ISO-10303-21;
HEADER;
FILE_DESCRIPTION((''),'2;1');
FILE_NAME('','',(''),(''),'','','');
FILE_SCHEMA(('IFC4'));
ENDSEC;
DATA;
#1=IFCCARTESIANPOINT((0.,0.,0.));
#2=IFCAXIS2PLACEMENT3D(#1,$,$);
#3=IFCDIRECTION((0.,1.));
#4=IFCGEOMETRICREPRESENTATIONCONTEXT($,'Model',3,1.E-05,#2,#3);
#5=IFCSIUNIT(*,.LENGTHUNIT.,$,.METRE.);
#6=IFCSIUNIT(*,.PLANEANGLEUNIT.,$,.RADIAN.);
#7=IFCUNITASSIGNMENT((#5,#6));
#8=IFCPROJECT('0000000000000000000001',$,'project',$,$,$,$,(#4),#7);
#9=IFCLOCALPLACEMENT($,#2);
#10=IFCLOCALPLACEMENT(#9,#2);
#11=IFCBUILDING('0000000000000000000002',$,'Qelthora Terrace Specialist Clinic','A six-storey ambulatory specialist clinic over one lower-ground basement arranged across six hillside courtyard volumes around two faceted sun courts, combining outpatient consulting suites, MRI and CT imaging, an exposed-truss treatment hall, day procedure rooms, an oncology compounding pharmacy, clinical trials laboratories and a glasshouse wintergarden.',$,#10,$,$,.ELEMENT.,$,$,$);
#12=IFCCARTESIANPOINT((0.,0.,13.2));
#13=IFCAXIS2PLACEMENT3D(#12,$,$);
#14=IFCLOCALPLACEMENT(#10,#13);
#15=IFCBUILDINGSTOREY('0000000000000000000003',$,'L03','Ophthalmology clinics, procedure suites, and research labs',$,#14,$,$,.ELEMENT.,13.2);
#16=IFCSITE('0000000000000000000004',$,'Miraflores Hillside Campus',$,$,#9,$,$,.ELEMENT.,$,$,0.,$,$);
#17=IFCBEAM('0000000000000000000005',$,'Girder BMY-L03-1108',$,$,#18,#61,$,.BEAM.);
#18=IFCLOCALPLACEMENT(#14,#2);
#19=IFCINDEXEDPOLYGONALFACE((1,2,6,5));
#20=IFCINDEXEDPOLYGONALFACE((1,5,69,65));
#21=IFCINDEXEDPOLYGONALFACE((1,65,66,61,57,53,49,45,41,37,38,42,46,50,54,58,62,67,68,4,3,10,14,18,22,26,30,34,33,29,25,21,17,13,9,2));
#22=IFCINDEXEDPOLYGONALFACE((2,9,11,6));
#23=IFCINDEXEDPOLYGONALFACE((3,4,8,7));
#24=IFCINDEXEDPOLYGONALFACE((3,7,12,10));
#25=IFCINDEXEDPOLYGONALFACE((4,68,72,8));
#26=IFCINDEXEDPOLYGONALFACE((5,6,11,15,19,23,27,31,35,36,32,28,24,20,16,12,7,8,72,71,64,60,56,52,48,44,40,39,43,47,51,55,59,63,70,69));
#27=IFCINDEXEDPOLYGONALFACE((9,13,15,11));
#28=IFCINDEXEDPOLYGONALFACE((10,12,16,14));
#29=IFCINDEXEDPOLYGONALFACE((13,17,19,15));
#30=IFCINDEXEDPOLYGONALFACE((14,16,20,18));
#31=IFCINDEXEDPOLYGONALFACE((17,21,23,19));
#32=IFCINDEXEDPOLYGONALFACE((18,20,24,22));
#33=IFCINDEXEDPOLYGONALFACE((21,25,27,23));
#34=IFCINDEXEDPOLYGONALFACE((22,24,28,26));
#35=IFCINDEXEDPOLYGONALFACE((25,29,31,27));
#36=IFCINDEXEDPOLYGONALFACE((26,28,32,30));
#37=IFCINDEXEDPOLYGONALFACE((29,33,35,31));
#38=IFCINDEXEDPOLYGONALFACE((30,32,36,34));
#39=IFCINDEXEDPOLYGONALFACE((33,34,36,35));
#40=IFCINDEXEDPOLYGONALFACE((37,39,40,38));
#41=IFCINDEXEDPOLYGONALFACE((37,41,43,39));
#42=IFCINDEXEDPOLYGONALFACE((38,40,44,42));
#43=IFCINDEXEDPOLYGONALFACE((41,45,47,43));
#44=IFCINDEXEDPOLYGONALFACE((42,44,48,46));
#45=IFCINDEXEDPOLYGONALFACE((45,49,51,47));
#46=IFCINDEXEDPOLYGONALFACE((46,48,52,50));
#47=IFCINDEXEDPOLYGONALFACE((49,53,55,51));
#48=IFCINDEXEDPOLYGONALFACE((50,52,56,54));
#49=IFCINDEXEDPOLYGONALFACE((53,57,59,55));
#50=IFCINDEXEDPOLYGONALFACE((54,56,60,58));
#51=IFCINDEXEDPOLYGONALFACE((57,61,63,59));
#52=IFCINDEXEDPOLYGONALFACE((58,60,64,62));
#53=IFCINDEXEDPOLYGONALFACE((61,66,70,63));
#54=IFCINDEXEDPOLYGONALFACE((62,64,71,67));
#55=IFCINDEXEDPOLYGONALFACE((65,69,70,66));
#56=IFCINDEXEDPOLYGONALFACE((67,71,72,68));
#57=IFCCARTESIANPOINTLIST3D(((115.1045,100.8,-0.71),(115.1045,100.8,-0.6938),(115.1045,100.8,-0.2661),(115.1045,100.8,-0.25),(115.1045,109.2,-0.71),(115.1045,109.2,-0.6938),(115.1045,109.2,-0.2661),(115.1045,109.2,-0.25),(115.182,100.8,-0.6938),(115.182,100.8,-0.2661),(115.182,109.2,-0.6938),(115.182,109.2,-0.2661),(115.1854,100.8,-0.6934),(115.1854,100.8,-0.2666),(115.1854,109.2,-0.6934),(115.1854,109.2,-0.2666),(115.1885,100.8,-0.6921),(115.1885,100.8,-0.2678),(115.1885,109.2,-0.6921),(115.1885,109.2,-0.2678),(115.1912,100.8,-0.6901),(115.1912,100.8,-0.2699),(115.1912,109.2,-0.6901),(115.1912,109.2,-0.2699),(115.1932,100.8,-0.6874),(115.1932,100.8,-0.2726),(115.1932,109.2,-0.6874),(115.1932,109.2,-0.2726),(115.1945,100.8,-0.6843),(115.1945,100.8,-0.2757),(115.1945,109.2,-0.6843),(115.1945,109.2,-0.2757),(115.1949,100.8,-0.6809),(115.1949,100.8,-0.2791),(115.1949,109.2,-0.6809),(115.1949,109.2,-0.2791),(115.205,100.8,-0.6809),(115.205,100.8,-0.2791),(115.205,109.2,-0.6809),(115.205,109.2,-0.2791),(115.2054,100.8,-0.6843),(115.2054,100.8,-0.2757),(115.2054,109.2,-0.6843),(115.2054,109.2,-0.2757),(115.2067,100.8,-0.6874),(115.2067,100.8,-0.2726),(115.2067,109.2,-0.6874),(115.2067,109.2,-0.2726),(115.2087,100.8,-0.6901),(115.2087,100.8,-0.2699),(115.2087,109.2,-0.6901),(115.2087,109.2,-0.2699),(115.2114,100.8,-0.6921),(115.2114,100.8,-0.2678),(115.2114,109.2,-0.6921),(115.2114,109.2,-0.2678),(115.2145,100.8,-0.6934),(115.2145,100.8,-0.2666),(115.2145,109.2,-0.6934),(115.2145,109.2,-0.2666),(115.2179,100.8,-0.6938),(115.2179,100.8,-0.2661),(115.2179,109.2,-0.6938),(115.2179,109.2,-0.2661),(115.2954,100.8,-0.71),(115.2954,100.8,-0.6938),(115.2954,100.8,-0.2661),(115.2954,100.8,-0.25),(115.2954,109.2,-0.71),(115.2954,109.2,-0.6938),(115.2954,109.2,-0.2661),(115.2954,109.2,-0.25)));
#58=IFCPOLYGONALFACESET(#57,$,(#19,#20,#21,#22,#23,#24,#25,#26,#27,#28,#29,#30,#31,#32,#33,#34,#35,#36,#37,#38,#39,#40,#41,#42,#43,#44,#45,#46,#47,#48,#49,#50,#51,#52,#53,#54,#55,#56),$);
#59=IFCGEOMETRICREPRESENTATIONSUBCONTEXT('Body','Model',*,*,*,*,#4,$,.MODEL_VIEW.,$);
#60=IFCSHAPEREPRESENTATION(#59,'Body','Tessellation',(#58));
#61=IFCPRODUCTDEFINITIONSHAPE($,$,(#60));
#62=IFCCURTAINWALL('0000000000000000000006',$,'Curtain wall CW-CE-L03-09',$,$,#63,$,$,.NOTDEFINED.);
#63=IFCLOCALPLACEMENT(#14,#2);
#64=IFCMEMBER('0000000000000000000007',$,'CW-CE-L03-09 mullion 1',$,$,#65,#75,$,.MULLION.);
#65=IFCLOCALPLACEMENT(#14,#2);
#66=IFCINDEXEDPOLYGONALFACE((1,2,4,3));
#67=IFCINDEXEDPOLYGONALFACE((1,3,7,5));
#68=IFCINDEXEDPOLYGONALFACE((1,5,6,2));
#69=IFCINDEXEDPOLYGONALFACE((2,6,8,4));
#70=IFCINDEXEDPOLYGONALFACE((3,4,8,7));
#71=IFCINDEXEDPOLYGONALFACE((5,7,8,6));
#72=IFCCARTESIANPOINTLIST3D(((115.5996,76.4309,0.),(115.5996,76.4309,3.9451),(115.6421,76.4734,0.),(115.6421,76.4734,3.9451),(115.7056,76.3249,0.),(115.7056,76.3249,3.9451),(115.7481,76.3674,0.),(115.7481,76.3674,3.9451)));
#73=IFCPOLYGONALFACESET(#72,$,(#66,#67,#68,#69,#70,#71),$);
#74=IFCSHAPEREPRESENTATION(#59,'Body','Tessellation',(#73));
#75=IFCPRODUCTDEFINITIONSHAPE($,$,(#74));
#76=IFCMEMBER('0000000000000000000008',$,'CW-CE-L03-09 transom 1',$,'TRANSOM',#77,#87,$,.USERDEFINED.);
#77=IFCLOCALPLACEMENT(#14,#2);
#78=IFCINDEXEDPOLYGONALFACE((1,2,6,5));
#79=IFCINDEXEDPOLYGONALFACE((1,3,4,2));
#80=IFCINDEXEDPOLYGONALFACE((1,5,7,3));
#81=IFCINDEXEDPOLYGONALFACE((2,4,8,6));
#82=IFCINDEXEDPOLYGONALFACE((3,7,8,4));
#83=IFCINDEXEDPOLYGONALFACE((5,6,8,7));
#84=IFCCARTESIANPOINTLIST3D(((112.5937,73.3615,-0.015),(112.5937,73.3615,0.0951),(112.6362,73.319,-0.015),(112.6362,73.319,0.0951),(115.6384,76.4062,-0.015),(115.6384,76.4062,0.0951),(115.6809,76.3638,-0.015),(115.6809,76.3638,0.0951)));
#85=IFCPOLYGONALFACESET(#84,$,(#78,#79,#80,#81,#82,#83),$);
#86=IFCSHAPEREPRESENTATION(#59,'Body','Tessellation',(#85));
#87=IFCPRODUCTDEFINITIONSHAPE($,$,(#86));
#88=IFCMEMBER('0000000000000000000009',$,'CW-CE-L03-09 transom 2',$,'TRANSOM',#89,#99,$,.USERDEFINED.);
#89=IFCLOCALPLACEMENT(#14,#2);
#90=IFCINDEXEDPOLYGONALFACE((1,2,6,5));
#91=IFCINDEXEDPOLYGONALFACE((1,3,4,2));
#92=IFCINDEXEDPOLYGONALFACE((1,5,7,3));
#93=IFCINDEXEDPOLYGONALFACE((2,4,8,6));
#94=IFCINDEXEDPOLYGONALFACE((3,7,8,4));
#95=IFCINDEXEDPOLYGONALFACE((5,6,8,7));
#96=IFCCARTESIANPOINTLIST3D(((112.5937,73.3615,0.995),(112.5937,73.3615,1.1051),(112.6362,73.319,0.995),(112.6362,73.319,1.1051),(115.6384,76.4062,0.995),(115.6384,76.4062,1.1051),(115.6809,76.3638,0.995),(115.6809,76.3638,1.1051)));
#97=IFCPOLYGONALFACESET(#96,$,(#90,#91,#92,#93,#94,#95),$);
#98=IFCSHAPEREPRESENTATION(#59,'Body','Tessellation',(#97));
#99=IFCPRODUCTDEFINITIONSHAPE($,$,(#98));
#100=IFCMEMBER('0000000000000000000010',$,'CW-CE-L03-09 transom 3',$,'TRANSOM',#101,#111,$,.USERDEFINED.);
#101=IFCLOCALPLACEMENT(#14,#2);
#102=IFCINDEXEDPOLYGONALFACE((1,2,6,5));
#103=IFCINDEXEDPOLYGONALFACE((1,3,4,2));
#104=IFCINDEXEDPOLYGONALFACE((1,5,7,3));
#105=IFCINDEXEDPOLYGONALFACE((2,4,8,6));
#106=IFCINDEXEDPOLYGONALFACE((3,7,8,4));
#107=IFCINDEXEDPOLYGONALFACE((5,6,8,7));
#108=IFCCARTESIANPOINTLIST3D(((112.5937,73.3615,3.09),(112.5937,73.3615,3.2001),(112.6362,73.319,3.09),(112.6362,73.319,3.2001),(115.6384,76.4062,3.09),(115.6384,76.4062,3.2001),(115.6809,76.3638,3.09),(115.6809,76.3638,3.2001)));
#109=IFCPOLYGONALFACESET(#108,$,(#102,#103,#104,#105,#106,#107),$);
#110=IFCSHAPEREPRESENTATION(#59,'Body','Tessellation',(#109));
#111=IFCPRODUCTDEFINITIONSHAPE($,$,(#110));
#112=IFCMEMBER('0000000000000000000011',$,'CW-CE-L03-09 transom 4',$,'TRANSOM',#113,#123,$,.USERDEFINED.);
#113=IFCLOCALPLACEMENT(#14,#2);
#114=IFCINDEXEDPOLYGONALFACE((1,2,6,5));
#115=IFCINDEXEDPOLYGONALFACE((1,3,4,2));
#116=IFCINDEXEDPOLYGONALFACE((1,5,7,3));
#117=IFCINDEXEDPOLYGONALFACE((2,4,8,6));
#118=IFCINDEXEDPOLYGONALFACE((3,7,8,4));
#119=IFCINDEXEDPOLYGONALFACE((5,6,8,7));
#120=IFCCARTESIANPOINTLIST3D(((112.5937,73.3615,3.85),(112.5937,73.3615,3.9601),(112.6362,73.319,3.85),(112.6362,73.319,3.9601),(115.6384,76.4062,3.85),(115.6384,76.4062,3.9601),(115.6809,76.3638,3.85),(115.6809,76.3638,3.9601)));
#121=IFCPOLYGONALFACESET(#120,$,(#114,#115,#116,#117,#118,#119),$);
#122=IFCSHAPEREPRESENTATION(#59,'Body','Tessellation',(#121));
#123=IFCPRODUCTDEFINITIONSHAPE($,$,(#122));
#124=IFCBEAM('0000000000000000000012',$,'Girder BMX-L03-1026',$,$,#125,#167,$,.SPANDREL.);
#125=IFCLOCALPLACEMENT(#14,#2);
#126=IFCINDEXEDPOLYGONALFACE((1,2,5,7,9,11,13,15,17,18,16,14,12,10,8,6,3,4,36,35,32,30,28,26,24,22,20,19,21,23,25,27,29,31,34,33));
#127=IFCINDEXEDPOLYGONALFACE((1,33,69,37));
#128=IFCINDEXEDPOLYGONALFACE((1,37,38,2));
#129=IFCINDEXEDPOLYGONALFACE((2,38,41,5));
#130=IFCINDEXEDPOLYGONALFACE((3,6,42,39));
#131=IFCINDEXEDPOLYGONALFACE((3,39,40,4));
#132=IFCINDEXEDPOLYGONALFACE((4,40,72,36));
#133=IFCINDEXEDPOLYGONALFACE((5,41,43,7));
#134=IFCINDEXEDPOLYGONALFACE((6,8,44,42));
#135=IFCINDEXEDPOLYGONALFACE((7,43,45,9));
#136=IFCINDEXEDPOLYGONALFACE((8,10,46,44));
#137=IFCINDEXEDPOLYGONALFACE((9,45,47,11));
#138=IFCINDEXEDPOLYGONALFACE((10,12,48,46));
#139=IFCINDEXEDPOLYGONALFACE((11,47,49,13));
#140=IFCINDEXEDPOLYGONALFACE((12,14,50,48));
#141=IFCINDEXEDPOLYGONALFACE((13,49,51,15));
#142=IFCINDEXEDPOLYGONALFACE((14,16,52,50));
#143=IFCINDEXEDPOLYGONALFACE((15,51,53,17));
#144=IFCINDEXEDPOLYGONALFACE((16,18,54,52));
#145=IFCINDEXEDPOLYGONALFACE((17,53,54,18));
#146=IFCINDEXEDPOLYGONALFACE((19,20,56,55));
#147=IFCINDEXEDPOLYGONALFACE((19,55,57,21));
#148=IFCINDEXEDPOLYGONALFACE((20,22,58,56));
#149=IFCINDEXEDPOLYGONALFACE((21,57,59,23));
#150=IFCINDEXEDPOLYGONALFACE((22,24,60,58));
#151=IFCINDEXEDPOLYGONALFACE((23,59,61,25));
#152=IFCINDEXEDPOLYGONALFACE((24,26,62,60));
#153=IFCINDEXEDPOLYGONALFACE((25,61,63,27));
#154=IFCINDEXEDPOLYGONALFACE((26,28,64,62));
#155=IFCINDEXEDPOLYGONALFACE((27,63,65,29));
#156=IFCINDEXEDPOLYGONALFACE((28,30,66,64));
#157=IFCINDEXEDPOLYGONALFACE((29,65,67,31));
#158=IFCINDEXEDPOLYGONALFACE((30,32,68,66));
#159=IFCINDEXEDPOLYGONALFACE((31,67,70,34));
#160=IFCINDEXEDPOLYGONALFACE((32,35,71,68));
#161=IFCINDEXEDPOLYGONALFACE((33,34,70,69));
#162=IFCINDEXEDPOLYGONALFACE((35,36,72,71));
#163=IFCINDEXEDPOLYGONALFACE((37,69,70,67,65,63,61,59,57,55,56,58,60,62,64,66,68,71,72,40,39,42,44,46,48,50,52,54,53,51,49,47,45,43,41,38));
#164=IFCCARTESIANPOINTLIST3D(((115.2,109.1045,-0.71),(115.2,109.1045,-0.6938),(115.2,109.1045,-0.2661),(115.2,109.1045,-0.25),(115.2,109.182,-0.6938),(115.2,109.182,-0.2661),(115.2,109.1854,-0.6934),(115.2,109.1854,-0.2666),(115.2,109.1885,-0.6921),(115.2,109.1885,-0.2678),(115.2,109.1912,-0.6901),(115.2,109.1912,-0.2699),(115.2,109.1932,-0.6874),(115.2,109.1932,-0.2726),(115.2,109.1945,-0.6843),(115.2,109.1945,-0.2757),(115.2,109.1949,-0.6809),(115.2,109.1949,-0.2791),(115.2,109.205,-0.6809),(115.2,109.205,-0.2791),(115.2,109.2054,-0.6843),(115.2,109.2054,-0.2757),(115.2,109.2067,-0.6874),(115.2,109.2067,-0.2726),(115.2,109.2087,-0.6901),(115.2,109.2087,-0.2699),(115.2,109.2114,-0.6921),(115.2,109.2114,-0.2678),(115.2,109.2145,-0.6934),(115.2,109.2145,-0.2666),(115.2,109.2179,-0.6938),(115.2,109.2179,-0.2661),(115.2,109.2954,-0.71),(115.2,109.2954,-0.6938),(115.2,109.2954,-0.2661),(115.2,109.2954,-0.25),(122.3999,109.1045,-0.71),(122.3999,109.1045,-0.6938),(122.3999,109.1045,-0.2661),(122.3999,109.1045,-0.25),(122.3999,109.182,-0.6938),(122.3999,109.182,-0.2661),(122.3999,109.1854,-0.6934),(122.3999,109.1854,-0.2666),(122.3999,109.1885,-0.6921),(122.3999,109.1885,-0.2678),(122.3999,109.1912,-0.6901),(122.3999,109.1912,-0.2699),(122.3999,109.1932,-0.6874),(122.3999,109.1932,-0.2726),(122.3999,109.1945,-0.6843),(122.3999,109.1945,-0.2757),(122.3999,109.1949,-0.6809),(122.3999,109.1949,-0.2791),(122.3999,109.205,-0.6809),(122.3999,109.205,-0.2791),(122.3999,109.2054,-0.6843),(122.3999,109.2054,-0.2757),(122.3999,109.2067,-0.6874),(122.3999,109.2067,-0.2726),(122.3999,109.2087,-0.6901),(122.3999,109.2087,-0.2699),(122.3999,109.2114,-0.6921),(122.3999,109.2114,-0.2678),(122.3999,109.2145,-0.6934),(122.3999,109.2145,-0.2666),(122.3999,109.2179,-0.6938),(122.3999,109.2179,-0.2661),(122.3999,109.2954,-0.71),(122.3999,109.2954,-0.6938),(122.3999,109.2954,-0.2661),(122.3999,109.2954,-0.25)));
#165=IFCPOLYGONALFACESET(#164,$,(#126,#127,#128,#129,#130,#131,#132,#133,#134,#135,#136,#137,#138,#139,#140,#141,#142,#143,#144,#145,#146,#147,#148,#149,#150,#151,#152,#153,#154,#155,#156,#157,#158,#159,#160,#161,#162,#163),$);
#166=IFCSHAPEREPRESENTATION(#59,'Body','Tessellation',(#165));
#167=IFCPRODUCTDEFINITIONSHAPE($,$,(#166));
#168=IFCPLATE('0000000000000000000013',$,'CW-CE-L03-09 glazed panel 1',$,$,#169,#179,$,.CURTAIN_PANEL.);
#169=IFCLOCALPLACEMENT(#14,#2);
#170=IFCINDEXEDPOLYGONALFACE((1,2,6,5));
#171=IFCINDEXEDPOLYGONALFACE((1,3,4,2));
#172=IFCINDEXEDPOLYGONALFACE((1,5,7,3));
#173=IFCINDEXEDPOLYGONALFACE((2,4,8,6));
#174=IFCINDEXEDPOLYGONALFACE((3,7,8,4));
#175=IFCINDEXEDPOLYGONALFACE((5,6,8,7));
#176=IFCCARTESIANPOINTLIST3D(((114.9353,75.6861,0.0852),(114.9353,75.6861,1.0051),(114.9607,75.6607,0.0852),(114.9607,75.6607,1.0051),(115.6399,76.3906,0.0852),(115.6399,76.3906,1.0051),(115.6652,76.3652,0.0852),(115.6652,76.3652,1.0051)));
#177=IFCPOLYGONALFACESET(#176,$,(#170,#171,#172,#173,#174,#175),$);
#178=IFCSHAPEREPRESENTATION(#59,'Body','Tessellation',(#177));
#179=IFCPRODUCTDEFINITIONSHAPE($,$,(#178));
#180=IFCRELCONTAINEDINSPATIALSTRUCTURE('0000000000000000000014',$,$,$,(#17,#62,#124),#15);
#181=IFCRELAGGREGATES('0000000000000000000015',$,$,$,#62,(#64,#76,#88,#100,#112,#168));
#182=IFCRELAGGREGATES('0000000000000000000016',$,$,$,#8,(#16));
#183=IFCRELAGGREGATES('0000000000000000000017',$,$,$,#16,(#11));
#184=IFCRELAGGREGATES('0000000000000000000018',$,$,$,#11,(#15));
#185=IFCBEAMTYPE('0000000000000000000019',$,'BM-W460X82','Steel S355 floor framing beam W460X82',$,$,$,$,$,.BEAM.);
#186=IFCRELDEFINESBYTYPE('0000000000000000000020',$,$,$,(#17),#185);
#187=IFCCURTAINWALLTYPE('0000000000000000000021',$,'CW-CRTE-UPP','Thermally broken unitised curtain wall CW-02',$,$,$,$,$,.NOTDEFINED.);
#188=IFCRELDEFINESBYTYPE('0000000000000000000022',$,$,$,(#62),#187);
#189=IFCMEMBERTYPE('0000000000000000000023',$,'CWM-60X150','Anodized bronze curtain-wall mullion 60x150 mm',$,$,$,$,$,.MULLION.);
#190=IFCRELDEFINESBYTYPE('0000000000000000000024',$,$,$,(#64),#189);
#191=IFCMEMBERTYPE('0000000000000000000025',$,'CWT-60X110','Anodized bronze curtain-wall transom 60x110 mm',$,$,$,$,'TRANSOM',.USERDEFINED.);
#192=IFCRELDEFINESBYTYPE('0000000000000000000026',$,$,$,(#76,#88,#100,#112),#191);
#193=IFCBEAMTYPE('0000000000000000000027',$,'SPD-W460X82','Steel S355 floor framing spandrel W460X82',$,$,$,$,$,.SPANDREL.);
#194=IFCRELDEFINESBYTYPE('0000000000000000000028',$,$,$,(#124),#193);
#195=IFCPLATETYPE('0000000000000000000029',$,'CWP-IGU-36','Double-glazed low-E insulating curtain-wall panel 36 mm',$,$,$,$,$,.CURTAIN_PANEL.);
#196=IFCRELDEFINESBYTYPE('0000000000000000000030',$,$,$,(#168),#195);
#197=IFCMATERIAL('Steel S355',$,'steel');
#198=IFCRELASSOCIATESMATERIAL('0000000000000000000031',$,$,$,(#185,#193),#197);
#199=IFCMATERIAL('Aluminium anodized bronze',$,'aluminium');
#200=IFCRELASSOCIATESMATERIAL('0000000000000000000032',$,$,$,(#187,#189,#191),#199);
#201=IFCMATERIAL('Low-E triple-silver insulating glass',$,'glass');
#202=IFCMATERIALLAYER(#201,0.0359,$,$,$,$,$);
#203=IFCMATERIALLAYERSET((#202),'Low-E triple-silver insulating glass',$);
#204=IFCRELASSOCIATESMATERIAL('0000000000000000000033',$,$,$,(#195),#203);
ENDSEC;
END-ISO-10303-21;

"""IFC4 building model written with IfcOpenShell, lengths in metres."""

from ifc_helpers import new_model, si_unit, direction, frame, origin, origin_2d, place, context, subcontext, project, spatial, rectangle, i_section, extrude, material, layer, layer_set, material_profile, profile_set, type_object, element, aggregate, save


model = new_model("IFC4")

# Units and contexts
model_context = context("Model", 3, precision=1e-05, world=origin(), true_north=direction((0.0, 1.0)))
body_context = subcontext(model_context, "Body", "Model", "MODEL_VIEW")
ifc_project = project(units=[si_unit("LENGTHUNIT", "METRE"), si_unit("PLANEANGLEUNIT", "RADIAN")], contexts=[model_context])

# Site, building, storey
site_placement = place(None, origin())
site = spatial("IfcSite", under=ifc_project, at=site_placement, Name="Miraflores Hillside Campus", CompositionType="ELEMENT", RefElevation=0.0)
building_placement = place(site_placement, origin())
building = spatial("IfcBuilding", under=site, at=building_placement, Name="Qelthora Terrace Specialist Clinic", Description="A six-storey ambulatory specialist clinic over one lower-ground basement arranged across six hillside courtyard volumes around two faceted sun courts, combining outpatient consulting suites, MRI and CT imaging, an exposed-truss treatment hall, day procedure rooms, an oncology compounding pharmacy, clinical trials laboratories and a glasshouse wintergarden.", CompositionType="ELEMENT")
storey_placement = place(building_placement, frame((0.0, 0.0, 13.2)))
storey = spatial("IfcBuildingStorey", under=building, at=storey_placement, Name="L03", Description="Ophthalmology clinics, procedure suites, and research labs", CompositionType="ELEMENT", Elevation=13.2)

# Beam
ifc_material_1 = material(Name="Steel S355", Category="steel")
ifc_material_profile_1 = material_profile(ifc_material_1, i_section(OverallWidth=0.1909, OverallDepth=0.46, WebThickness=0.01, FlangeThickness=0.0161, FilletRadius=0.0129, at=origin_2d()), Name="W460X82")
ifc_profile_set_1 = profile_set([ifc_material_profile_1], Name="Steel S355")
beam_type_1 = type_object("IfcBeamType", Name="BM-W460X82", Description="Steel S355 floor framing beam W460X82", PredefinedType="BEAM", material=ifc_profile_set_1)
beam_1_placement = place(storey_placement, frame((115.2, 100.8, -0.48), z_axis=(0.0, 1.0, 0.0), x_axis=(-1.0, 0.0, 0.0)))
element("IfcBeam", 1, at=beam_1_placement, inside=storey, type_object=beam_type_1, Name="Girder BMY-L03-1108", PredefinedType="BEAM", context=body_context, shape_type="SweptSolid", body=[
    extrude(i_section(OverallWidth=0.1909, OverallDepth=0.46, WebThickness=0.01, FlangeThickness=0.0161, FilletRadius=0.0129, at=origin_2d()), origin(), (0.0, 0.0, 1.0), 8.3999),
])

# Curtain wall, members
ifc_material_2 = material(Name="Aluminium anodized bronze", Category="aluminium")
curtain_wall_type = type_object("IfcCurtainWallType", Name="CW-CRTE-UPP", Description="Thermally broken unitised curtain wall CW-02", PredefinedType="NOTDEFINED", material=ifc_material_2)
curtain_wall_placement = place(storey_placement, origin())
curtain_wall = element("IfcCurtainWall", 2, at=curtain_wall_placement, inside=storey, type_object=curtain_wall_type, Name="Curtain wall CW-CE-L03-09", PredefinedType="NOTDEFINED")
ifc_material_profile_2 = material_profile(ifc_material_2, rectangle(XDim=0.0601, YDim=0.1499, at=origin_2d()), Name="CWM60X150")
ifc_profile_set_2 = profile_set([ifc_material_profile_2], Name="Aluminium anodized bronze")
member_type_1 = type_object("IfcMemberType", Name="CWM-60X150", Description="Anodized bronze curtain-wall mullion 60x150 mm", PredefinedType="MULLION", material=ifc_profile_set_2)
member_1_placement = place(storey_placement, frame((115.6738, 76.3992, 0.0), z_axis=(0.0, 0.0, 1.0), x_axis=(-0.707107, -0.707107, 0.0)))
member_1 = element("IfcMember", 3, at=member_1_placement, type_object=member_type_1, Name="CW-CE-L03-09 mullion 1", PredefinedType="MULLION", context=body_context, shape_type="SweptSolid", body=[
    extrude(rectangle(XDim=0.0601, YDim=0.1499, at=origin_2d()), origin(), (0.0, 0.0, 1.0), 3.9451),
])
ifc_material_profile_3 = material_profile(ifc_material_2, rectangle(XDim=0.0601, YDim=0.1101, at=origin_2d()), Name="CWT60X110")
ifc_profile_set_3 = profile_set([ifc_material_profile_3], Name="Aluminium anodized bronze")
member_type_2 = type_object("IfcMemberType", Name="CWT-60X110", Description="Anodized bronze curtain-wall transom 60x110 mm", ElementType="TRANSOM", PredefinedType="USERDEFINED", material=ifc_profile_set_3)
member_2_placement = place(storey_placement, frame((115.6597, 76.385, 0.04), z_axis=(-0.707107, -0.707107, 0.0), x_axis=(0.707107, -0.707107, 0.0)))
member_2 = element("IfcMember", 4, at=member_2_placement, type_object=member_type_2, Name="CW-CE-L03-09 transom 1", ObjectType="TRANSOM", PredefinedType="USERDEFINED", context=body_context, shape_type="SweptSolid", body=[
    extrude(rectangle(XDim=0.0601, YDim=0.1101, at=origin_2d()), origin(), (0.0, 0.0, 1.0), 4.3059),
])
member_3_placement = place(storey_placement, frame((115.6597, 76.385, 1.05), z_axis=(-0.707107, -0.707107, 0.0), x_axis=(0.707107, -0.707107, 0.0)))
member_3 = element("IfcMember", 5, at=member_3_placement, type_object=member_type_2, Name="CW-CE-L03-09 transom 2", ObjectType="TRANSOM", PredefinedType="USERDEFINED", context=body_context, shape_type="SweptSolid", body=[
    extrude(rectangle(XDim=0.0601, YDim=0.1101, at=origin_2d()), origin(), (0.0, 0.0, 1.0), 4.3059),
])
member_4_placement = place(storey_placement, frame((115.6597, 76.385, 3.145), z_axis=(-0.707107, -0.707107, 0.0), x_axis=(0.707107, -0.707107, 0.0)))
member_4 = element("IfcMember", 6, at=member_4_placement, type_object=member_type_2, Name="CW-CE-L03-09 transom 3", ObjectType="TRANSOM", PredefinedType="USERDEFINED", context=body_context, shape_type="SweptSolid", body=[
    extrude(rectangle(XDim=0.0601, YDim=0.1101, at=origin_2d()), origin(), (0.0, 0.0, 1.0), 4.3059),
])
member_5_placement = place(storey_placement, frame((115.6597, 76.385, 3.905), z_axis=(-0.707107, -0.707107, 0.0), x_axis=(0.707107, -0.707107, 0.0)))
member_5 = element("IfcMember", 7, at=member_5_placement, type_object=member_type_2, Name="CW-CE-L03-09 transom 4", ObjectType="TRANSOM", PredefinedType="USERDEFINED", context=body_context, shape_type="SweptSolid", body=[
    extrude(rectangle(XDim=0.0601, YDim=0.1101, at=origin_2d()), origin(), (0.0, 0.0, 1.0), 4.3059),
])

# Beam
ifc_material_profile_4 = material_profile(ifc_material_1, i_section(OverallWidth=0.1909, OverallDepth=0.46, WebThickness=0.01, FlangeThickness=0.0161, FilletRadius=0.0129, at=origin_2d()), Name="W460X82")
ifc_profile_set_4 = profile_set([ifc_material_profile_4], Name="Steel S355")
beam_type_2 = type_object("IfcBeamType", Name="SPD-W460X82", Description="Steel S355 floor framing spandrel W460X82", PredefinedType="SPANDREL", material=ifc_profile_set_4)
beam_2_placement = place(storey_placement, frame((115.2, 109.2, -0.48), z_axis=(1.0, 0.0, 0.0), x_axis=(0.0, 1.0, 0.0)))
element("IfcBeam", 8, at=beam_2_placement, inside=storey, type_object=beam_type_2, Name="Girder BMX-L03-1026", PredefinedType="SPANDREL", context=body_context, shape_type="SweptSolid", body=[
    extrude(i_section(OverallWidth=0.1909, OverallDepth=0.46, WebThickness=0.01, FlangeThickness=0.0161, FilletRadius=0.0129, at=origin_2d()), origin(), (0.0, 0.0, 1.0), 7.2),
])

# Plate
ifc_material_3 = material(Name="Low-E triple-silver insulating glass", Category="glass")
ifc_layer_1 = layer(ifc_material_3, 0.0359)
ifc_layer_set_1 = layer_set([ifc_layer_1], Name="Low-E triple-silver insulating glass")
plate_type = type_object("IfcPlateType", Name="CWP-IGU-36", Description="Double-glazed low-E insulating curtain-wall panel 36 mm", PredefinedType="CURTAIN_PANEL", material=ifc_layer_set_1)
plate_1_placement = place(storey_placement, frame((115.3003, 76.0256, 0.0852), z_axis=(0.0, 0.0, 1.0), x_axis=(-0.707107, -0.707107, 0.0)))
plate_1 = element("IfcPlate", 9, at=plate_1_placement, type_object=plate_type, Name="CW-CE-L03-09 glazed panel 1", PredefinedType="CURTAIN_PANEL", context=body_context, shape_type="SweptSolid", body=[
    extrude(rectangle(XDim=0.9963, YDim=0.0359, at=origin_2d()), origin(), (0.0, 0.0, 1.0), 0.9199),
])
aggregate(curtain_wall, [member_1, member_2, member_3, member_4, member_5, plate_1])

save(model, "model.ifc")
